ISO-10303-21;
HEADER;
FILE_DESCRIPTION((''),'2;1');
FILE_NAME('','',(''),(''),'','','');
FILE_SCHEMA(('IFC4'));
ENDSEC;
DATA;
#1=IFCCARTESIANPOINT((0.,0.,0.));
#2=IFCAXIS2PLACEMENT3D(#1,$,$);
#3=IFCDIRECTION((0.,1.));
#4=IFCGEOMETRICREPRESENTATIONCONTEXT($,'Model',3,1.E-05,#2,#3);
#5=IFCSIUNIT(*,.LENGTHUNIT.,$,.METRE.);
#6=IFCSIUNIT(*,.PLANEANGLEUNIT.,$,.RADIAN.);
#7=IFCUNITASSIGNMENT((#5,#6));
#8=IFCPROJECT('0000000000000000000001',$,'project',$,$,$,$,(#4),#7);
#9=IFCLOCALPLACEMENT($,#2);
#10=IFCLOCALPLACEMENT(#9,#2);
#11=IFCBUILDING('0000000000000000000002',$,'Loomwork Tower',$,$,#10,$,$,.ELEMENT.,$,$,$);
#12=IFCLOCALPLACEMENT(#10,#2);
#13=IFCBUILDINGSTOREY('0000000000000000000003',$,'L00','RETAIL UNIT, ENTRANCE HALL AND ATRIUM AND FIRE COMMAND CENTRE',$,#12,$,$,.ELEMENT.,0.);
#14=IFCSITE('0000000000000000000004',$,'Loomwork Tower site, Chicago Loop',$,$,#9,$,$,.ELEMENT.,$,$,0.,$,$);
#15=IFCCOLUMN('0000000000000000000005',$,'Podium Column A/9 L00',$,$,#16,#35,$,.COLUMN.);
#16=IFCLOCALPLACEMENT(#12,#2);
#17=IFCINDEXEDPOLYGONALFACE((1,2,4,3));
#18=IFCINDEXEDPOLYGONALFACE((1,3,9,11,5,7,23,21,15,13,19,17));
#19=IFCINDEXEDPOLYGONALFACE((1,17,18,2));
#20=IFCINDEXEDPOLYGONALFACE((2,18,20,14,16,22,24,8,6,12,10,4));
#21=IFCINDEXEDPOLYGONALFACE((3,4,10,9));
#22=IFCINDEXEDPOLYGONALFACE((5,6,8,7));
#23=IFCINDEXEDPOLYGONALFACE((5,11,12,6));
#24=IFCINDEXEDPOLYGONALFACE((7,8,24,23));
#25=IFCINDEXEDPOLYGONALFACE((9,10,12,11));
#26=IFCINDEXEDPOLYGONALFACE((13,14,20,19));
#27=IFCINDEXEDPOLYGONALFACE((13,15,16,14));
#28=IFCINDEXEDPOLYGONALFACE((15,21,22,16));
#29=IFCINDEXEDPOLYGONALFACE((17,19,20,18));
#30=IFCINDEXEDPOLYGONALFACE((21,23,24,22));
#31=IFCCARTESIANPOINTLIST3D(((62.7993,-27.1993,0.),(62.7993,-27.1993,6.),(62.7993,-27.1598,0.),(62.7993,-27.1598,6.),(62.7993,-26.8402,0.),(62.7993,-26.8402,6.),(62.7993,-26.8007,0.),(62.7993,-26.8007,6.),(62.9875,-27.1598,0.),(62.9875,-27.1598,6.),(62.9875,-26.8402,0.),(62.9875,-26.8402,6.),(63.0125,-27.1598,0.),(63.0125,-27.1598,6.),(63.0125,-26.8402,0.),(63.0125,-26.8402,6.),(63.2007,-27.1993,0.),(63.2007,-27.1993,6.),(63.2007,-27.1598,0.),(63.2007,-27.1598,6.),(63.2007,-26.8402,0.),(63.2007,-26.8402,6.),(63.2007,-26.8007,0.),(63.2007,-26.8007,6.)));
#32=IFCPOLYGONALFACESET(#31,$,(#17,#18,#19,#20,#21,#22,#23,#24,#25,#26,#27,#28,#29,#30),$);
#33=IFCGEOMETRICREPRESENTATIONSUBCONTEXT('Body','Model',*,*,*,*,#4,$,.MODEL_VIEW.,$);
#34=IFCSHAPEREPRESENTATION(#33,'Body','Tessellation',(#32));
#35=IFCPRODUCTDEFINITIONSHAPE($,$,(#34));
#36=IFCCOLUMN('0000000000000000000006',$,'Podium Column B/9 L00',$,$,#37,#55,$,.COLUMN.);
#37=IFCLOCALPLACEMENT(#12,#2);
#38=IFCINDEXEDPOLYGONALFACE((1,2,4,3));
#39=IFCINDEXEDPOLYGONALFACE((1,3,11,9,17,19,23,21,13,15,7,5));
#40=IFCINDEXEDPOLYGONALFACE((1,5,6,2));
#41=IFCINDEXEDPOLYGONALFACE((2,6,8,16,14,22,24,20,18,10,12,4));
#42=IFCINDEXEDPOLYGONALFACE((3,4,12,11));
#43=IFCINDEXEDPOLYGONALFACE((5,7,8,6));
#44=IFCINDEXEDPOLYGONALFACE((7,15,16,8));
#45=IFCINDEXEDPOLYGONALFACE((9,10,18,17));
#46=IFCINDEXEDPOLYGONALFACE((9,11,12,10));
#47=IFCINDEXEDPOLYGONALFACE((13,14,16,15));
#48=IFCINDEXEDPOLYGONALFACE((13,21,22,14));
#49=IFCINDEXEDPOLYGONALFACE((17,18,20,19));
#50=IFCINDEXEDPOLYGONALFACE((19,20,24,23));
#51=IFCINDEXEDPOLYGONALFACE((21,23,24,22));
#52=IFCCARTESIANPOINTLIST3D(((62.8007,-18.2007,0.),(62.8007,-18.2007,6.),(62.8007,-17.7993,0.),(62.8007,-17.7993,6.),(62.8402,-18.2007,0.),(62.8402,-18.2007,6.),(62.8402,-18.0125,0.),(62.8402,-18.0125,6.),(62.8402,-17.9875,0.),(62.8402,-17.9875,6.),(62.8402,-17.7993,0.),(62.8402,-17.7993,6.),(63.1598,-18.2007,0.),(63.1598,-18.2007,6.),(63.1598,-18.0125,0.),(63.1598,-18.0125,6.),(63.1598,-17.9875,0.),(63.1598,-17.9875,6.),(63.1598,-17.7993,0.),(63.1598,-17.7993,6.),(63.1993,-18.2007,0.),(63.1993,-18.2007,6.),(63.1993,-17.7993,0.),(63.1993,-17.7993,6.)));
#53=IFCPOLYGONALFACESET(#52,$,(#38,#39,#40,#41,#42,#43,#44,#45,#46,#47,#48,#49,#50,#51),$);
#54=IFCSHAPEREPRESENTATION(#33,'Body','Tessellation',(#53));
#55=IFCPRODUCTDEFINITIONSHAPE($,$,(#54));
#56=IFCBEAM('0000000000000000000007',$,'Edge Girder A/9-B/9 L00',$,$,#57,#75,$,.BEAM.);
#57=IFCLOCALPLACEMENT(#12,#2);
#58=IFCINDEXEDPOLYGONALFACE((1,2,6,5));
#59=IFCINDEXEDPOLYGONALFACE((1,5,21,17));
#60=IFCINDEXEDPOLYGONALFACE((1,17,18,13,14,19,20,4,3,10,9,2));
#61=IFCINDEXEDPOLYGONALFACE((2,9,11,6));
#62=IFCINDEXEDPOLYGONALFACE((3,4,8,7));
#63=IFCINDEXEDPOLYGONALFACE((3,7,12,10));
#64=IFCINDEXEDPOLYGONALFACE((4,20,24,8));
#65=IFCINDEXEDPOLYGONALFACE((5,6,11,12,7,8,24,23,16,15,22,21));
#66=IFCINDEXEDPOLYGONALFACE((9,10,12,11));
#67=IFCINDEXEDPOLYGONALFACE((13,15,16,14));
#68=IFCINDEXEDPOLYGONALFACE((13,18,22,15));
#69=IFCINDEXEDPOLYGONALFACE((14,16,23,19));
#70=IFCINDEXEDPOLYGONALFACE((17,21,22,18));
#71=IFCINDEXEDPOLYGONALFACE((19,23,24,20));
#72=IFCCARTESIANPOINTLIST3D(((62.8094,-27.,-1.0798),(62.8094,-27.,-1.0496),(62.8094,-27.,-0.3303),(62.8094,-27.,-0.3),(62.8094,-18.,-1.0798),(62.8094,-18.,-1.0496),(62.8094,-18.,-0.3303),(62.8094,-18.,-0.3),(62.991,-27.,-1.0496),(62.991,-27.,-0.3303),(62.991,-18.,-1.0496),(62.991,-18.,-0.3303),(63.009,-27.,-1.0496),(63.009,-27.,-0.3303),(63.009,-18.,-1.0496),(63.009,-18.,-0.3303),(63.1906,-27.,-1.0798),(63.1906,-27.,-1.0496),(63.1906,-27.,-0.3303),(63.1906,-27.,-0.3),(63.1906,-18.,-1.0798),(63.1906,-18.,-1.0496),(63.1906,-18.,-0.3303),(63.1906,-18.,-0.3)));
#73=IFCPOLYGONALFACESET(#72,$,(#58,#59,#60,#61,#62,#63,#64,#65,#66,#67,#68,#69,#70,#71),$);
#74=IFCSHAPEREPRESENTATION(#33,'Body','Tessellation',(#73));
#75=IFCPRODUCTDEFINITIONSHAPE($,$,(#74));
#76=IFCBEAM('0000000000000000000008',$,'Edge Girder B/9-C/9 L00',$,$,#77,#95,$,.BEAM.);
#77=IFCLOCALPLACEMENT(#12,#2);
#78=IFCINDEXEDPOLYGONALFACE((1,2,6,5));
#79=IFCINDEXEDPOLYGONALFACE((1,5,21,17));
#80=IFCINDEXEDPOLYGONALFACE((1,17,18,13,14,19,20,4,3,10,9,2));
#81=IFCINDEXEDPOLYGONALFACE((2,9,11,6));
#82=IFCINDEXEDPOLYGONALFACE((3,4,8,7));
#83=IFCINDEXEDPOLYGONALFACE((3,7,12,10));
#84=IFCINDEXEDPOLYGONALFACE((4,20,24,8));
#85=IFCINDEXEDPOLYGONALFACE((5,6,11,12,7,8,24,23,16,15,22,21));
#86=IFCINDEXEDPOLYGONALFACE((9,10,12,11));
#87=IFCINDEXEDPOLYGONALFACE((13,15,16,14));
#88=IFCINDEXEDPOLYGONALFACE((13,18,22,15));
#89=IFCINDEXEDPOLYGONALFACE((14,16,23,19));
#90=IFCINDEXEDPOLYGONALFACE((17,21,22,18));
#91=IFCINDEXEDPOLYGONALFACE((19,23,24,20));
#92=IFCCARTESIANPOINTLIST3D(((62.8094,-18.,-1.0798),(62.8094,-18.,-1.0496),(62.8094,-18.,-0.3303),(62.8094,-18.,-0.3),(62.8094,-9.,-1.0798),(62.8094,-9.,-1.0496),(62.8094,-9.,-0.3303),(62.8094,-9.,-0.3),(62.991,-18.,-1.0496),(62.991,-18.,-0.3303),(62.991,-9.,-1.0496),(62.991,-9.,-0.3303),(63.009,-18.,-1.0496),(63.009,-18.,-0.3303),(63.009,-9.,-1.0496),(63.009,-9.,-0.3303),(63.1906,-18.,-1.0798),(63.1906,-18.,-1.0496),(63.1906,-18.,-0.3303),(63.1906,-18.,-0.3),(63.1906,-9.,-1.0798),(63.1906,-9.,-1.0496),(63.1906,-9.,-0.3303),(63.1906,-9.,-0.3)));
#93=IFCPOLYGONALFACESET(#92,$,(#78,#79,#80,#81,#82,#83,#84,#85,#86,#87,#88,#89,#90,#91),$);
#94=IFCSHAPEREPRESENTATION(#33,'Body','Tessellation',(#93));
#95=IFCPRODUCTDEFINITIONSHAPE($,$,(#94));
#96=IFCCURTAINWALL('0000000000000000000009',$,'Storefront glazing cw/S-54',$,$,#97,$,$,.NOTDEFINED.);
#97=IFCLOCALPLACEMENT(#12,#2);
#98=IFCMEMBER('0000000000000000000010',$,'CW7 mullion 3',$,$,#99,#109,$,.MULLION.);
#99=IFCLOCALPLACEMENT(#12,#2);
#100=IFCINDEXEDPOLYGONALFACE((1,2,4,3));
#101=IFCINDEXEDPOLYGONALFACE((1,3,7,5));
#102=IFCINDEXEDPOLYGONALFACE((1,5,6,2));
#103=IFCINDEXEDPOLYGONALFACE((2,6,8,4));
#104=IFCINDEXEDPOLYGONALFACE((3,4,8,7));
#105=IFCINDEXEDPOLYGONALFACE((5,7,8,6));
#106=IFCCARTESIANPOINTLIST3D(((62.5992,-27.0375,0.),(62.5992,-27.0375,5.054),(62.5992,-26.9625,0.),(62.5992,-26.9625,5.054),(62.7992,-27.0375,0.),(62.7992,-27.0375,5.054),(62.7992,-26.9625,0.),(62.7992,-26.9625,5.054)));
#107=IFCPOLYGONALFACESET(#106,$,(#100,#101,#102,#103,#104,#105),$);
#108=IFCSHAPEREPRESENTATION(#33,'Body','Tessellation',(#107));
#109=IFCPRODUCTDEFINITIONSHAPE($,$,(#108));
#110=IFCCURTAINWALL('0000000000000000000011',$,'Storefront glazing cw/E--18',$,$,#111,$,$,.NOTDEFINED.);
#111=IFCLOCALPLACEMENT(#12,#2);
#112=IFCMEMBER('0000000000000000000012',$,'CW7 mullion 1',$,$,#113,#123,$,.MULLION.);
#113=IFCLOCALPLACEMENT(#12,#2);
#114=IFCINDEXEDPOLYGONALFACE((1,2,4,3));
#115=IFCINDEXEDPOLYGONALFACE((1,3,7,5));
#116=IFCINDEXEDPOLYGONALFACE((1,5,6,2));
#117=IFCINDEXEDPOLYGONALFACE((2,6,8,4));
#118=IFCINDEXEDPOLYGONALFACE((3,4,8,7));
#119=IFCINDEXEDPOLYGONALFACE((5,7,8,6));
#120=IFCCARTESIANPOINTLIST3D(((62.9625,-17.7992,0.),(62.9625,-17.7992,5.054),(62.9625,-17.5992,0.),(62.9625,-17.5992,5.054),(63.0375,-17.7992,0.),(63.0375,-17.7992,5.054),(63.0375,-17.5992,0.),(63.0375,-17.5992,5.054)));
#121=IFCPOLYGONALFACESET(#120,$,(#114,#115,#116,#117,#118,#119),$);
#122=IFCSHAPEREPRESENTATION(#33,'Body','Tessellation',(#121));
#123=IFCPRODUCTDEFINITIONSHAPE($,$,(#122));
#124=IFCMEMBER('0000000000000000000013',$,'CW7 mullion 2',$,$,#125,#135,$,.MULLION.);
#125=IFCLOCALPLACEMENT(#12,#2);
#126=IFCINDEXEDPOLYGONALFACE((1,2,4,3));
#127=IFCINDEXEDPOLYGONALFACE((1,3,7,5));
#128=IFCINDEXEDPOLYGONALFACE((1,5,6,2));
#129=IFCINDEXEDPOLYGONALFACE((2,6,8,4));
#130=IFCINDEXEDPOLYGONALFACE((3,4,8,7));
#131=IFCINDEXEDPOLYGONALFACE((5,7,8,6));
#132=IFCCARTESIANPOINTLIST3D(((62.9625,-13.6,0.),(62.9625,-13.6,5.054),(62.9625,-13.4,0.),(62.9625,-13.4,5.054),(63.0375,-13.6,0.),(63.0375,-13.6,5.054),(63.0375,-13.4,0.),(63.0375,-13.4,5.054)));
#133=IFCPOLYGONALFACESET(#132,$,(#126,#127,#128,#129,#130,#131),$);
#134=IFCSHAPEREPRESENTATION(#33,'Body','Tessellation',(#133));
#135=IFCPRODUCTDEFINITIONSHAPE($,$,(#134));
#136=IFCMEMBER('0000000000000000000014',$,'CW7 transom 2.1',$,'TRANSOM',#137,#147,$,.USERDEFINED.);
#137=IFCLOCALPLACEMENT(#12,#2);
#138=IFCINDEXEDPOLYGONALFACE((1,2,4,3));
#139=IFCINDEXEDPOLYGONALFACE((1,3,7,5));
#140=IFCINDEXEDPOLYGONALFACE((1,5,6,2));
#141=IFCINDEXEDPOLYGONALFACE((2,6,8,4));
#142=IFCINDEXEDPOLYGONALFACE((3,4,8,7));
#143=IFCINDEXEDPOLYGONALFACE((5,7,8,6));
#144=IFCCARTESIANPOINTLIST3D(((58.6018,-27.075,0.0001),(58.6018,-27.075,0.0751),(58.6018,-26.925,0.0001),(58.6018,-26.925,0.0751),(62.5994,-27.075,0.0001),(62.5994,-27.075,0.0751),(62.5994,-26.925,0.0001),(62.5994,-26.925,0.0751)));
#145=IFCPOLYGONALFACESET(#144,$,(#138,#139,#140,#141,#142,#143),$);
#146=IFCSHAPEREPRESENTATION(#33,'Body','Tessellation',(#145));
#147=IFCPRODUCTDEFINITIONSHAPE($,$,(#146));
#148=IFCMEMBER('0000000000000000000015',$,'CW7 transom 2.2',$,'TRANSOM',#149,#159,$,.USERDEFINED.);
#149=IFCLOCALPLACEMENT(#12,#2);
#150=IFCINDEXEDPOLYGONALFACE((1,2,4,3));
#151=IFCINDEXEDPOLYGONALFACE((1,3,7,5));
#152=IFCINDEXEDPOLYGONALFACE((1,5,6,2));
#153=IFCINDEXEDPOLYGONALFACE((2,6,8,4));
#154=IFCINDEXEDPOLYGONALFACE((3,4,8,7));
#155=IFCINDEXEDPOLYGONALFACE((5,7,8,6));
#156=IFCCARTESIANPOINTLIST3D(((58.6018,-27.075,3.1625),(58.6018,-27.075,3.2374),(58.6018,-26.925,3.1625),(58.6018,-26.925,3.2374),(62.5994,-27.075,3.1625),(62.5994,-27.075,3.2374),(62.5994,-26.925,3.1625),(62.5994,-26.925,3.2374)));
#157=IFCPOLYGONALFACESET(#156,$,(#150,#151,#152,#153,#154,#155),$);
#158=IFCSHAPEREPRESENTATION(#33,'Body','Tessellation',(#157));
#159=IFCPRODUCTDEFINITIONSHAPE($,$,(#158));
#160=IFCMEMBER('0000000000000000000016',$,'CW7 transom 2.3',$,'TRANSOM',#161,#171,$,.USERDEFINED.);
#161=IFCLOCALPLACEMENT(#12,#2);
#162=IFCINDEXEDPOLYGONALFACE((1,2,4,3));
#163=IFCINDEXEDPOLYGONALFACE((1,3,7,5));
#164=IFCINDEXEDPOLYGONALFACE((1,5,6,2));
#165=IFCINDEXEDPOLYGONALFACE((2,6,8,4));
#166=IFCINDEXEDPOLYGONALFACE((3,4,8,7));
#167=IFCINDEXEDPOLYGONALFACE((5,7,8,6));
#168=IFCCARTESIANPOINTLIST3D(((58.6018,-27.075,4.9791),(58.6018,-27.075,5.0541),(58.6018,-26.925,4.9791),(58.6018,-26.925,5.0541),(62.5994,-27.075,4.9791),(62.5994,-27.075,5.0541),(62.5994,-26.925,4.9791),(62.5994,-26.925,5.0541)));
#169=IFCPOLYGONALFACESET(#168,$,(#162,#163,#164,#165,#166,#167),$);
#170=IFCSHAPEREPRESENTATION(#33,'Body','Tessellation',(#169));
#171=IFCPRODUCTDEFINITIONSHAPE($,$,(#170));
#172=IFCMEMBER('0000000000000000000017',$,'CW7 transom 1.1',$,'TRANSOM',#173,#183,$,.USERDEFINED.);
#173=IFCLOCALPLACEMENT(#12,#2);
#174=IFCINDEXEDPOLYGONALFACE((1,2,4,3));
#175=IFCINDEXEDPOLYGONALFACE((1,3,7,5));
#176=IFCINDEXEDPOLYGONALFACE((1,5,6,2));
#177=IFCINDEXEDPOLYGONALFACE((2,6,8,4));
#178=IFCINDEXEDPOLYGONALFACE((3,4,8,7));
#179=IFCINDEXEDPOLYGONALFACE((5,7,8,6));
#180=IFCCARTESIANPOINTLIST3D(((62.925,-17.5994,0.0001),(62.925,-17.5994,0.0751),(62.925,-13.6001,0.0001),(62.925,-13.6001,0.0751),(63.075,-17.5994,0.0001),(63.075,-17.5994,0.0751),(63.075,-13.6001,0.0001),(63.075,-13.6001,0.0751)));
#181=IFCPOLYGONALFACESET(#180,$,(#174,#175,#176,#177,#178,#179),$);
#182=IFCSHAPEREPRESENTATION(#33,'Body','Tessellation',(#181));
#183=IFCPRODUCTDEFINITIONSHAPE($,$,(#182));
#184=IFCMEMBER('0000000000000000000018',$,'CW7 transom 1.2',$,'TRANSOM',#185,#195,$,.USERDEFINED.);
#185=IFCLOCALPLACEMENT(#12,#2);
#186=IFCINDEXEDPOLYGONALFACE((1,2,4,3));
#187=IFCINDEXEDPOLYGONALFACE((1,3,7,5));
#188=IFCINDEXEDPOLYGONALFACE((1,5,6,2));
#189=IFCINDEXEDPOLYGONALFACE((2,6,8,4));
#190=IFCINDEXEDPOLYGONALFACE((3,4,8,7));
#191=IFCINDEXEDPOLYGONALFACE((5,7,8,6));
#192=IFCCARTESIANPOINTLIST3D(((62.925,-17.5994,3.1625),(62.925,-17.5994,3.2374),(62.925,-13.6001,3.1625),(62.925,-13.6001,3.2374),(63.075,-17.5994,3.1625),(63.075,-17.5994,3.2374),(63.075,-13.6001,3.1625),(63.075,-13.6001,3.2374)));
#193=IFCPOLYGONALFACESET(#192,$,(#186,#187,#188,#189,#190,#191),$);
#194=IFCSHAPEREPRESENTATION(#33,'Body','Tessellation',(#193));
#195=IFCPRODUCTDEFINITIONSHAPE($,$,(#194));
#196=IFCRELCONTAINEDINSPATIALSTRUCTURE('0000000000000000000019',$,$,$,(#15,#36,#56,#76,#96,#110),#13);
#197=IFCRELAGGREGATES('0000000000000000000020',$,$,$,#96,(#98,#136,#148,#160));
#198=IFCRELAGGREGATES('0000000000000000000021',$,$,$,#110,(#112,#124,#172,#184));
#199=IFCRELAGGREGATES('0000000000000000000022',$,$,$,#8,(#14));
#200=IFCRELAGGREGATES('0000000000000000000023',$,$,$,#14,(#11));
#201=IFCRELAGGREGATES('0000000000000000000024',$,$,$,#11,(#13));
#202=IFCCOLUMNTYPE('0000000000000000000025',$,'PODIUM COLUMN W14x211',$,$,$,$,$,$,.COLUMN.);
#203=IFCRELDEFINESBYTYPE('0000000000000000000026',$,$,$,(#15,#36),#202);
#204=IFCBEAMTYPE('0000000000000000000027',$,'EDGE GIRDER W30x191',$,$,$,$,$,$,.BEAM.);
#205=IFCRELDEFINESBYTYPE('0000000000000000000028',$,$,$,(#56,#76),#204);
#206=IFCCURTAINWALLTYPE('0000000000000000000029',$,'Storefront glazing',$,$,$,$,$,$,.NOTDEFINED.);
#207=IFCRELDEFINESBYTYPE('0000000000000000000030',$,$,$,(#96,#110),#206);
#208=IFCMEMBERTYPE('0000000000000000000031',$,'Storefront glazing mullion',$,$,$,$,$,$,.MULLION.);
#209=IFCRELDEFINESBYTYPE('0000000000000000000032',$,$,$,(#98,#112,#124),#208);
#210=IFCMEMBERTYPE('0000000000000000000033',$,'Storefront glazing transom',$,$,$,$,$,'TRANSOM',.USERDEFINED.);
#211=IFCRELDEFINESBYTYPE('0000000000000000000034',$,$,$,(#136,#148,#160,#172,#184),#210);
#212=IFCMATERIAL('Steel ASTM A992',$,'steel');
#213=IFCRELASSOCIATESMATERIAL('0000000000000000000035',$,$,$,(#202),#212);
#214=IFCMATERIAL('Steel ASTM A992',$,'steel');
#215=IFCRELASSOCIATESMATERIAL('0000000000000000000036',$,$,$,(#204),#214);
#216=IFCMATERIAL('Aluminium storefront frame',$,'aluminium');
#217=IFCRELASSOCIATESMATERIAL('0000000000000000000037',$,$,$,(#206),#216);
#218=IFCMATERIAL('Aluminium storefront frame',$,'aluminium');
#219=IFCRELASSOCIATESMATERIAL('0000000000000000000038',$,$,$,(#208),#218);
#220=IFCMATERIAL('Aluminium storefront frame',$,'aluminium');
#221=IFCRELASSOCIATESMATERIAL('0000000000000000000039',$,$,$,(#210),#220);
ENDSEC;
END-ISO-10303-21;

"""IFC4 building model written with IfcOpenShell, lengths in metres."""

from ifc_helpers import new_model, si_unit, direction, frame, origin, origin_2d, place, context, subcontext, project, spatial, rectangle, i_section, extrude, material, material_profile, profile_set, type_object, element, aggregate, save


model = new_model("IFC4")

# Units and contexts
model_context = context("Model", 3, precision=1e-05, world=origin(), true_north=direction((0.0, 1.0)))
body_context = subcontext(model_context, "Body", "Model", "MODEL_VIEW")
ifc_project = project(units=[si_unit("LENGTHUNIT", "METRE"), si_unit("PLANEANGLEUNIT", "RADIAN")], contexts=[model_context])

# Site, building, storey
site_placement = place(None, origin())
site = spatial("IfcSite", under=ifc_project, at=site_placement, Name="Loomwork Tower site, Chicago Loop", CompositionType="ELEMENT", RefElevation=0.0)
building_placement = place(site_placement, origin())
building = spatial("IfcBuilding", under=site, at=building_placement, Name="Loomwork Tower", CompositionType="ELEMENT")
storey_placement = place(building_placement, origin())
storey = spatial("IfcBuildingStorey", under=building, at=storey_placement, Name="L00", Description="RETAIL UNIT, ENTRANCE HALL AND ATRIUM AND FIRE COMMAND CENTRE", CompositionType="ELEMENT", Elevation=0.0)

# Columns
ifc_material_1 = material(Name="Steel ASTM A992", Category="steel")
ifc_material_profile_1 = material_profile(ifc_material_1, i_section(OverallWidth=0.4014, OverallDepth=0.3987, WebThickness=0.0249, FlangeThickness=0.0396, at=origin_2d()), Name="W14x211")
ifc_profile_set_1 = profile_set([ifc_material_profile_1], Name="Steel ASTM A992")
column_type = type_object("IfcColumnType", Name="PODIUM COLUMN W14x211", PredefinedType="COLUMN", material=ifc_profile_set_1)
for number, where, z_axis, x_axis, name in (
    (1, (63.0, -27.0, 0.0), (0.0, 0.0, 1.0), (1.0, 0.0, 0.0), "Podium Column A/9 L00"),
    (2, (63.0, -18.0, 0.0), (0.0, 0.0, 1.0), (0.0, 1.0, 0.0), "Podium Column B/9 L00"),
):
    element("IfcColumn", number, at=place(storey_placement, frame(where, z_axis=z_axis, x_axis=x_axis)), inside=storey, type_object=column_type, Name=name, PredefinedType="COLUMN", context=body_context, shape_type="SweptSolid", body=[
        extrude(i_section(OverallWidth=0.4014, OverallDepth=0.3987, WebThickness=0.0249, FlangeThickness=0.0396, at=origin_2d()), origin(), (0.0, 0.0, 1.0), 6.0),
    ])

# Beams
ifc_material_2 = material(Name="Steel ASTM A992", Category="steel")
ifc_material_profile_2 = material_profile(ifc_material_2, i_section(OverallWidth=0.3811, OverallDepth=0.7798, WebThickness=0.0181, FlangeThickness=0.0303, at=origin_2d()), Name="W30x191")
ifc_profile_set_2 = profile_set([ifc_material_profile_2], Name="Steel ASTM A992")
beam_type = type_object("IfcBeamType", Name="EDGE GIRDER W30x191", PredefinedType="BEAM", material=ifc_profile_set_2)
for number, where, z_axis, x_axis, name in (
    (3, (63.0, -27.0, -0.6899), (0.0, 1.0, 0.0), (-1.0, 0.0, 0.0), "Edge Girder A/9-B/9 L00"),
    (4, (63.0, -18.0, -0.6899), (0.0, 1.0, 0.0), (-1.0, 0.0, 0.0), "Edge Girder B/9-C/9 L00"),
):
    element("IfcBeam", number, at=place(storey_placement, frame(where, z_axis=z_axis, x_axis=x_axis)), inside=storey, type_object=beam_type, Name=name, PredefinedType="BEAM", context=body_context, shape_type="SweptSolid", body=[
        extrude(i_section(OverallWidth=0.3811, OverallDepth=0.7798, WebThickness=0.0181, FlangeThickness=0.0303, at=origin_2d()), origin(), (0.0, 0.0, 1.0), 9.0),
    ])

# Curtain wall, member
ifc_material_3 = material(Name="Aluminium storefront frame", Category="aluminium")
curtain_wall_type = type_object("IfcCurtainWallType", Name="Storefront glazing", PredefinedType="NOTDEFINED", material=ifc_material_3)
curtain_wall_1_placement = place(storey_placement, origin())
curtain_wall_1 = element("IfcCurtainWall", 5, at=curtain_wall_1_placement, inside=storey, type_object=curtain_wall_type, Name="Storefront glazing cw/S-54", PredefinedType="NOTDEFINED")
ifc_material_4 = material(Name="Aluminium storefront frame", Category="aluminium")
ifc_material_profile_3 = material_profile(ifc_material_4, rectangle(XDim=0.075, YDim=0.2, at=origin_2d()), Name="AL 75x200")
ifc_profile_set_3 = profile_set([ifc_material_profile_3], Name="Aluminium storefront frame")
member_type_1 = type_object("IfcMemberType", Name="Storefront glazing mullion", PredefinedType="MULLION", material=ifc_profile_set_3)
member_1_placement = place(storey_placement, frame((62.6992, -27.0, 0.0), z_axis=(0.0, 0.0, 1.0), x_axis=(0.0, 1.0, 0.0)))
member_1 = element("IfcMember", 6, at=member_1_placement, type_object=member_type_1, Name="CW7 mullion 3", PredefinedType="MULLION", context=body_context, shape_type="SweptSolid", body=[
    extrude(rectangle(XDim=0.075, YDim=0.2, at=origin_2d()), origin(), (0.0, 0.0, 1.0), 5.054),
])

# Curtain wall, members
curtain_wall_2_placement = place(storey_placement, origin())
curtain_wall_2 = element("IfcCurtainWall", 7, at=curtain_wall_2_placement, inside=storey, type_object=curtain_wall_type, Name="Storefront glazing cw/E--18", PredefinedType="NOTDEFINED")
member_2_placement = place(storey_placement, frame((63.0, -17.6992, 0.0), z_axis=(0.0, 0.0, 1.0), x_axis=(-1.0, 0.0, 0.0)))
member_2 = element("IfcMember", 8, at=member_2_placement, type_object=member_type_1, Name="CW7 mullion 1", PredefinedType="MULLION", context=body_context, shape_type="SweptSolid", body=[
    extrude(rectangle(XDim=0.075, YDim=0.2, at=origin_2d()), origin(), (0.0, 0.0, 1.0), 5.054),
])
member_3_placement = place(storey_placement, frame((63.0, -13.5, 0.0), z_axis=(0.0, 0.0, 1.0), x_axis=(-1.0, 0.0, 0.0)))
member_3 = element("IfcMember", 9, at=member_3_placement, type_object=member_type_1, Name="CW7 mullion 2", PredefinedType="MULLION", context=body_context, shape_type="SweptSolid", body=[
    extrude(rectangle(XDim=0.075, YDim=0.2, at=origin_2d()), origin(), (0.0, 0.0, 1.0), 5.054),
])

# Members
ifc_material_5 = material(Name="Aluminium storefront frame", Category="aluminium")
ifc_material_profile_4 = material_profile(ifc_material_5, rectangle(XDim=0.1499, YDim=0.075, at=origin_2d()), Name="AL 75x150")
ifc_profile_set_4 = profile_set([ifc_material_profile_4], Name="Aluminium storefront frame")
member_type_2 = type_object("IfcMemberType", Name="Storefront glazing transom", ElementType="TRANSOM", PredefinedType="USERDEFINED", material=ifc_profile_set_4)
member_4_placement = place(storey_placement, frame((58.6018, -27.0, 0.0376), z_axis=(1.0, 0.0, 0.0), x_axis=(0.0, 1.0, 0.0)))
member_4 = element("IfcMember", 10, at=member_4_placement, type_object=member_type_2, Name="CW7 transom 2.1", ObjectType="TRANSOM", PredefinedType="USERDEFINED", context=body_context, shape_type="SweptSolid", body=[
    extrude(rectangle(XDim=0.1499, YDim=0.075, at=origin_2d()), origin(), (0.0, 0.0, 1.0), 3.9976),
])
member_5_placement = place(storey_placement, frame((58.6018, -27.0, 3.2), z_axis=(1.0, 0.0, 0.0), x_axis=(0.0, 1.0, 0.0)))
member_5 = element("IfcMember", 11, at=member_5_placement, type_object=member_type_2, Name="CW7 transom 2.2", ObjectType="TRANSOM", PredefinedType="USERDEFINED", context=body_context, shape_type="SweptSolid", body=[
    extrude(rectangle(XDim=0.1499, YDim=0.075, at=origin_2d()), origin(), (0.0, 0.0, 1.0), 3.9976),
])
member_6_placement = place(storey_placement, frame((58.6018, -27.0, 5.0166), z_axis=(1.0, 0.0, 0.0), x_axis=(0.0, 1.0, 0.0)))
member_6 = element("IfcMember", 12, at=member_6_placement, type_object=member_type_2, Name="CW7 transom 2.3", ObjectType="TRANSOM", PredefinedType="USERDEFINED", context=body_context, shape_type="SweptSolid", body=[
    extrude(rectangle(XDim=0.1499, YDim=0.075, at=origin_2d()), origin(), (0.0, 0.0, 1.0), 3.9976),
])
member_7_placement = place(storey_placement, frame((63.0, -17.5994, 0.0376), z_axis=(0.0, 1.0, 0.0), x_axis=(-1.0, 0.0, 0.0)))
member_7 = element("IfcMember", 13, at=member_7_placement, type_object=member_type_2, Name="CW7 transom 1.1", ObjectType="TRANSOM", PredefinedType="USERDEFINED", context=body_context, shape_type="SweptSolid", body=[
    extrude(rectangle(XDim=0.1499, YDim=0.075, at=origin_2d()), origin(), (0.0, 0.0, 1.0), 3.9993),
])
member_8_placement = place(storey_placement, frame((63.0, -17.5994, 3.2), z_axis=(0.0, 1.0, 0.0), x_axis=(-1.0, 0.0, 0.0)))
member_8 = element("IfcMember", 14, at=member_8_placement, type_object=member_type_2, Name="CW7 transom 1.2", ObjectType="TRANSOM", PredefinedType="USERDEFINED", context=body_context, shape_type="SweptSolid", body=[
    extrude(rectangle(XDim=0.1499, YDim=0.075, at=origin_2d()), origin(), (0.0, 0.0, 1.0), 3.9993),
])

aggregate(curtain_wall_1, [member_1, member_4, member_5, member_6])
aggregate(curtain_wall_2, [member_2, member_3, member_7, member_8])

save(model, "model.ifc")
